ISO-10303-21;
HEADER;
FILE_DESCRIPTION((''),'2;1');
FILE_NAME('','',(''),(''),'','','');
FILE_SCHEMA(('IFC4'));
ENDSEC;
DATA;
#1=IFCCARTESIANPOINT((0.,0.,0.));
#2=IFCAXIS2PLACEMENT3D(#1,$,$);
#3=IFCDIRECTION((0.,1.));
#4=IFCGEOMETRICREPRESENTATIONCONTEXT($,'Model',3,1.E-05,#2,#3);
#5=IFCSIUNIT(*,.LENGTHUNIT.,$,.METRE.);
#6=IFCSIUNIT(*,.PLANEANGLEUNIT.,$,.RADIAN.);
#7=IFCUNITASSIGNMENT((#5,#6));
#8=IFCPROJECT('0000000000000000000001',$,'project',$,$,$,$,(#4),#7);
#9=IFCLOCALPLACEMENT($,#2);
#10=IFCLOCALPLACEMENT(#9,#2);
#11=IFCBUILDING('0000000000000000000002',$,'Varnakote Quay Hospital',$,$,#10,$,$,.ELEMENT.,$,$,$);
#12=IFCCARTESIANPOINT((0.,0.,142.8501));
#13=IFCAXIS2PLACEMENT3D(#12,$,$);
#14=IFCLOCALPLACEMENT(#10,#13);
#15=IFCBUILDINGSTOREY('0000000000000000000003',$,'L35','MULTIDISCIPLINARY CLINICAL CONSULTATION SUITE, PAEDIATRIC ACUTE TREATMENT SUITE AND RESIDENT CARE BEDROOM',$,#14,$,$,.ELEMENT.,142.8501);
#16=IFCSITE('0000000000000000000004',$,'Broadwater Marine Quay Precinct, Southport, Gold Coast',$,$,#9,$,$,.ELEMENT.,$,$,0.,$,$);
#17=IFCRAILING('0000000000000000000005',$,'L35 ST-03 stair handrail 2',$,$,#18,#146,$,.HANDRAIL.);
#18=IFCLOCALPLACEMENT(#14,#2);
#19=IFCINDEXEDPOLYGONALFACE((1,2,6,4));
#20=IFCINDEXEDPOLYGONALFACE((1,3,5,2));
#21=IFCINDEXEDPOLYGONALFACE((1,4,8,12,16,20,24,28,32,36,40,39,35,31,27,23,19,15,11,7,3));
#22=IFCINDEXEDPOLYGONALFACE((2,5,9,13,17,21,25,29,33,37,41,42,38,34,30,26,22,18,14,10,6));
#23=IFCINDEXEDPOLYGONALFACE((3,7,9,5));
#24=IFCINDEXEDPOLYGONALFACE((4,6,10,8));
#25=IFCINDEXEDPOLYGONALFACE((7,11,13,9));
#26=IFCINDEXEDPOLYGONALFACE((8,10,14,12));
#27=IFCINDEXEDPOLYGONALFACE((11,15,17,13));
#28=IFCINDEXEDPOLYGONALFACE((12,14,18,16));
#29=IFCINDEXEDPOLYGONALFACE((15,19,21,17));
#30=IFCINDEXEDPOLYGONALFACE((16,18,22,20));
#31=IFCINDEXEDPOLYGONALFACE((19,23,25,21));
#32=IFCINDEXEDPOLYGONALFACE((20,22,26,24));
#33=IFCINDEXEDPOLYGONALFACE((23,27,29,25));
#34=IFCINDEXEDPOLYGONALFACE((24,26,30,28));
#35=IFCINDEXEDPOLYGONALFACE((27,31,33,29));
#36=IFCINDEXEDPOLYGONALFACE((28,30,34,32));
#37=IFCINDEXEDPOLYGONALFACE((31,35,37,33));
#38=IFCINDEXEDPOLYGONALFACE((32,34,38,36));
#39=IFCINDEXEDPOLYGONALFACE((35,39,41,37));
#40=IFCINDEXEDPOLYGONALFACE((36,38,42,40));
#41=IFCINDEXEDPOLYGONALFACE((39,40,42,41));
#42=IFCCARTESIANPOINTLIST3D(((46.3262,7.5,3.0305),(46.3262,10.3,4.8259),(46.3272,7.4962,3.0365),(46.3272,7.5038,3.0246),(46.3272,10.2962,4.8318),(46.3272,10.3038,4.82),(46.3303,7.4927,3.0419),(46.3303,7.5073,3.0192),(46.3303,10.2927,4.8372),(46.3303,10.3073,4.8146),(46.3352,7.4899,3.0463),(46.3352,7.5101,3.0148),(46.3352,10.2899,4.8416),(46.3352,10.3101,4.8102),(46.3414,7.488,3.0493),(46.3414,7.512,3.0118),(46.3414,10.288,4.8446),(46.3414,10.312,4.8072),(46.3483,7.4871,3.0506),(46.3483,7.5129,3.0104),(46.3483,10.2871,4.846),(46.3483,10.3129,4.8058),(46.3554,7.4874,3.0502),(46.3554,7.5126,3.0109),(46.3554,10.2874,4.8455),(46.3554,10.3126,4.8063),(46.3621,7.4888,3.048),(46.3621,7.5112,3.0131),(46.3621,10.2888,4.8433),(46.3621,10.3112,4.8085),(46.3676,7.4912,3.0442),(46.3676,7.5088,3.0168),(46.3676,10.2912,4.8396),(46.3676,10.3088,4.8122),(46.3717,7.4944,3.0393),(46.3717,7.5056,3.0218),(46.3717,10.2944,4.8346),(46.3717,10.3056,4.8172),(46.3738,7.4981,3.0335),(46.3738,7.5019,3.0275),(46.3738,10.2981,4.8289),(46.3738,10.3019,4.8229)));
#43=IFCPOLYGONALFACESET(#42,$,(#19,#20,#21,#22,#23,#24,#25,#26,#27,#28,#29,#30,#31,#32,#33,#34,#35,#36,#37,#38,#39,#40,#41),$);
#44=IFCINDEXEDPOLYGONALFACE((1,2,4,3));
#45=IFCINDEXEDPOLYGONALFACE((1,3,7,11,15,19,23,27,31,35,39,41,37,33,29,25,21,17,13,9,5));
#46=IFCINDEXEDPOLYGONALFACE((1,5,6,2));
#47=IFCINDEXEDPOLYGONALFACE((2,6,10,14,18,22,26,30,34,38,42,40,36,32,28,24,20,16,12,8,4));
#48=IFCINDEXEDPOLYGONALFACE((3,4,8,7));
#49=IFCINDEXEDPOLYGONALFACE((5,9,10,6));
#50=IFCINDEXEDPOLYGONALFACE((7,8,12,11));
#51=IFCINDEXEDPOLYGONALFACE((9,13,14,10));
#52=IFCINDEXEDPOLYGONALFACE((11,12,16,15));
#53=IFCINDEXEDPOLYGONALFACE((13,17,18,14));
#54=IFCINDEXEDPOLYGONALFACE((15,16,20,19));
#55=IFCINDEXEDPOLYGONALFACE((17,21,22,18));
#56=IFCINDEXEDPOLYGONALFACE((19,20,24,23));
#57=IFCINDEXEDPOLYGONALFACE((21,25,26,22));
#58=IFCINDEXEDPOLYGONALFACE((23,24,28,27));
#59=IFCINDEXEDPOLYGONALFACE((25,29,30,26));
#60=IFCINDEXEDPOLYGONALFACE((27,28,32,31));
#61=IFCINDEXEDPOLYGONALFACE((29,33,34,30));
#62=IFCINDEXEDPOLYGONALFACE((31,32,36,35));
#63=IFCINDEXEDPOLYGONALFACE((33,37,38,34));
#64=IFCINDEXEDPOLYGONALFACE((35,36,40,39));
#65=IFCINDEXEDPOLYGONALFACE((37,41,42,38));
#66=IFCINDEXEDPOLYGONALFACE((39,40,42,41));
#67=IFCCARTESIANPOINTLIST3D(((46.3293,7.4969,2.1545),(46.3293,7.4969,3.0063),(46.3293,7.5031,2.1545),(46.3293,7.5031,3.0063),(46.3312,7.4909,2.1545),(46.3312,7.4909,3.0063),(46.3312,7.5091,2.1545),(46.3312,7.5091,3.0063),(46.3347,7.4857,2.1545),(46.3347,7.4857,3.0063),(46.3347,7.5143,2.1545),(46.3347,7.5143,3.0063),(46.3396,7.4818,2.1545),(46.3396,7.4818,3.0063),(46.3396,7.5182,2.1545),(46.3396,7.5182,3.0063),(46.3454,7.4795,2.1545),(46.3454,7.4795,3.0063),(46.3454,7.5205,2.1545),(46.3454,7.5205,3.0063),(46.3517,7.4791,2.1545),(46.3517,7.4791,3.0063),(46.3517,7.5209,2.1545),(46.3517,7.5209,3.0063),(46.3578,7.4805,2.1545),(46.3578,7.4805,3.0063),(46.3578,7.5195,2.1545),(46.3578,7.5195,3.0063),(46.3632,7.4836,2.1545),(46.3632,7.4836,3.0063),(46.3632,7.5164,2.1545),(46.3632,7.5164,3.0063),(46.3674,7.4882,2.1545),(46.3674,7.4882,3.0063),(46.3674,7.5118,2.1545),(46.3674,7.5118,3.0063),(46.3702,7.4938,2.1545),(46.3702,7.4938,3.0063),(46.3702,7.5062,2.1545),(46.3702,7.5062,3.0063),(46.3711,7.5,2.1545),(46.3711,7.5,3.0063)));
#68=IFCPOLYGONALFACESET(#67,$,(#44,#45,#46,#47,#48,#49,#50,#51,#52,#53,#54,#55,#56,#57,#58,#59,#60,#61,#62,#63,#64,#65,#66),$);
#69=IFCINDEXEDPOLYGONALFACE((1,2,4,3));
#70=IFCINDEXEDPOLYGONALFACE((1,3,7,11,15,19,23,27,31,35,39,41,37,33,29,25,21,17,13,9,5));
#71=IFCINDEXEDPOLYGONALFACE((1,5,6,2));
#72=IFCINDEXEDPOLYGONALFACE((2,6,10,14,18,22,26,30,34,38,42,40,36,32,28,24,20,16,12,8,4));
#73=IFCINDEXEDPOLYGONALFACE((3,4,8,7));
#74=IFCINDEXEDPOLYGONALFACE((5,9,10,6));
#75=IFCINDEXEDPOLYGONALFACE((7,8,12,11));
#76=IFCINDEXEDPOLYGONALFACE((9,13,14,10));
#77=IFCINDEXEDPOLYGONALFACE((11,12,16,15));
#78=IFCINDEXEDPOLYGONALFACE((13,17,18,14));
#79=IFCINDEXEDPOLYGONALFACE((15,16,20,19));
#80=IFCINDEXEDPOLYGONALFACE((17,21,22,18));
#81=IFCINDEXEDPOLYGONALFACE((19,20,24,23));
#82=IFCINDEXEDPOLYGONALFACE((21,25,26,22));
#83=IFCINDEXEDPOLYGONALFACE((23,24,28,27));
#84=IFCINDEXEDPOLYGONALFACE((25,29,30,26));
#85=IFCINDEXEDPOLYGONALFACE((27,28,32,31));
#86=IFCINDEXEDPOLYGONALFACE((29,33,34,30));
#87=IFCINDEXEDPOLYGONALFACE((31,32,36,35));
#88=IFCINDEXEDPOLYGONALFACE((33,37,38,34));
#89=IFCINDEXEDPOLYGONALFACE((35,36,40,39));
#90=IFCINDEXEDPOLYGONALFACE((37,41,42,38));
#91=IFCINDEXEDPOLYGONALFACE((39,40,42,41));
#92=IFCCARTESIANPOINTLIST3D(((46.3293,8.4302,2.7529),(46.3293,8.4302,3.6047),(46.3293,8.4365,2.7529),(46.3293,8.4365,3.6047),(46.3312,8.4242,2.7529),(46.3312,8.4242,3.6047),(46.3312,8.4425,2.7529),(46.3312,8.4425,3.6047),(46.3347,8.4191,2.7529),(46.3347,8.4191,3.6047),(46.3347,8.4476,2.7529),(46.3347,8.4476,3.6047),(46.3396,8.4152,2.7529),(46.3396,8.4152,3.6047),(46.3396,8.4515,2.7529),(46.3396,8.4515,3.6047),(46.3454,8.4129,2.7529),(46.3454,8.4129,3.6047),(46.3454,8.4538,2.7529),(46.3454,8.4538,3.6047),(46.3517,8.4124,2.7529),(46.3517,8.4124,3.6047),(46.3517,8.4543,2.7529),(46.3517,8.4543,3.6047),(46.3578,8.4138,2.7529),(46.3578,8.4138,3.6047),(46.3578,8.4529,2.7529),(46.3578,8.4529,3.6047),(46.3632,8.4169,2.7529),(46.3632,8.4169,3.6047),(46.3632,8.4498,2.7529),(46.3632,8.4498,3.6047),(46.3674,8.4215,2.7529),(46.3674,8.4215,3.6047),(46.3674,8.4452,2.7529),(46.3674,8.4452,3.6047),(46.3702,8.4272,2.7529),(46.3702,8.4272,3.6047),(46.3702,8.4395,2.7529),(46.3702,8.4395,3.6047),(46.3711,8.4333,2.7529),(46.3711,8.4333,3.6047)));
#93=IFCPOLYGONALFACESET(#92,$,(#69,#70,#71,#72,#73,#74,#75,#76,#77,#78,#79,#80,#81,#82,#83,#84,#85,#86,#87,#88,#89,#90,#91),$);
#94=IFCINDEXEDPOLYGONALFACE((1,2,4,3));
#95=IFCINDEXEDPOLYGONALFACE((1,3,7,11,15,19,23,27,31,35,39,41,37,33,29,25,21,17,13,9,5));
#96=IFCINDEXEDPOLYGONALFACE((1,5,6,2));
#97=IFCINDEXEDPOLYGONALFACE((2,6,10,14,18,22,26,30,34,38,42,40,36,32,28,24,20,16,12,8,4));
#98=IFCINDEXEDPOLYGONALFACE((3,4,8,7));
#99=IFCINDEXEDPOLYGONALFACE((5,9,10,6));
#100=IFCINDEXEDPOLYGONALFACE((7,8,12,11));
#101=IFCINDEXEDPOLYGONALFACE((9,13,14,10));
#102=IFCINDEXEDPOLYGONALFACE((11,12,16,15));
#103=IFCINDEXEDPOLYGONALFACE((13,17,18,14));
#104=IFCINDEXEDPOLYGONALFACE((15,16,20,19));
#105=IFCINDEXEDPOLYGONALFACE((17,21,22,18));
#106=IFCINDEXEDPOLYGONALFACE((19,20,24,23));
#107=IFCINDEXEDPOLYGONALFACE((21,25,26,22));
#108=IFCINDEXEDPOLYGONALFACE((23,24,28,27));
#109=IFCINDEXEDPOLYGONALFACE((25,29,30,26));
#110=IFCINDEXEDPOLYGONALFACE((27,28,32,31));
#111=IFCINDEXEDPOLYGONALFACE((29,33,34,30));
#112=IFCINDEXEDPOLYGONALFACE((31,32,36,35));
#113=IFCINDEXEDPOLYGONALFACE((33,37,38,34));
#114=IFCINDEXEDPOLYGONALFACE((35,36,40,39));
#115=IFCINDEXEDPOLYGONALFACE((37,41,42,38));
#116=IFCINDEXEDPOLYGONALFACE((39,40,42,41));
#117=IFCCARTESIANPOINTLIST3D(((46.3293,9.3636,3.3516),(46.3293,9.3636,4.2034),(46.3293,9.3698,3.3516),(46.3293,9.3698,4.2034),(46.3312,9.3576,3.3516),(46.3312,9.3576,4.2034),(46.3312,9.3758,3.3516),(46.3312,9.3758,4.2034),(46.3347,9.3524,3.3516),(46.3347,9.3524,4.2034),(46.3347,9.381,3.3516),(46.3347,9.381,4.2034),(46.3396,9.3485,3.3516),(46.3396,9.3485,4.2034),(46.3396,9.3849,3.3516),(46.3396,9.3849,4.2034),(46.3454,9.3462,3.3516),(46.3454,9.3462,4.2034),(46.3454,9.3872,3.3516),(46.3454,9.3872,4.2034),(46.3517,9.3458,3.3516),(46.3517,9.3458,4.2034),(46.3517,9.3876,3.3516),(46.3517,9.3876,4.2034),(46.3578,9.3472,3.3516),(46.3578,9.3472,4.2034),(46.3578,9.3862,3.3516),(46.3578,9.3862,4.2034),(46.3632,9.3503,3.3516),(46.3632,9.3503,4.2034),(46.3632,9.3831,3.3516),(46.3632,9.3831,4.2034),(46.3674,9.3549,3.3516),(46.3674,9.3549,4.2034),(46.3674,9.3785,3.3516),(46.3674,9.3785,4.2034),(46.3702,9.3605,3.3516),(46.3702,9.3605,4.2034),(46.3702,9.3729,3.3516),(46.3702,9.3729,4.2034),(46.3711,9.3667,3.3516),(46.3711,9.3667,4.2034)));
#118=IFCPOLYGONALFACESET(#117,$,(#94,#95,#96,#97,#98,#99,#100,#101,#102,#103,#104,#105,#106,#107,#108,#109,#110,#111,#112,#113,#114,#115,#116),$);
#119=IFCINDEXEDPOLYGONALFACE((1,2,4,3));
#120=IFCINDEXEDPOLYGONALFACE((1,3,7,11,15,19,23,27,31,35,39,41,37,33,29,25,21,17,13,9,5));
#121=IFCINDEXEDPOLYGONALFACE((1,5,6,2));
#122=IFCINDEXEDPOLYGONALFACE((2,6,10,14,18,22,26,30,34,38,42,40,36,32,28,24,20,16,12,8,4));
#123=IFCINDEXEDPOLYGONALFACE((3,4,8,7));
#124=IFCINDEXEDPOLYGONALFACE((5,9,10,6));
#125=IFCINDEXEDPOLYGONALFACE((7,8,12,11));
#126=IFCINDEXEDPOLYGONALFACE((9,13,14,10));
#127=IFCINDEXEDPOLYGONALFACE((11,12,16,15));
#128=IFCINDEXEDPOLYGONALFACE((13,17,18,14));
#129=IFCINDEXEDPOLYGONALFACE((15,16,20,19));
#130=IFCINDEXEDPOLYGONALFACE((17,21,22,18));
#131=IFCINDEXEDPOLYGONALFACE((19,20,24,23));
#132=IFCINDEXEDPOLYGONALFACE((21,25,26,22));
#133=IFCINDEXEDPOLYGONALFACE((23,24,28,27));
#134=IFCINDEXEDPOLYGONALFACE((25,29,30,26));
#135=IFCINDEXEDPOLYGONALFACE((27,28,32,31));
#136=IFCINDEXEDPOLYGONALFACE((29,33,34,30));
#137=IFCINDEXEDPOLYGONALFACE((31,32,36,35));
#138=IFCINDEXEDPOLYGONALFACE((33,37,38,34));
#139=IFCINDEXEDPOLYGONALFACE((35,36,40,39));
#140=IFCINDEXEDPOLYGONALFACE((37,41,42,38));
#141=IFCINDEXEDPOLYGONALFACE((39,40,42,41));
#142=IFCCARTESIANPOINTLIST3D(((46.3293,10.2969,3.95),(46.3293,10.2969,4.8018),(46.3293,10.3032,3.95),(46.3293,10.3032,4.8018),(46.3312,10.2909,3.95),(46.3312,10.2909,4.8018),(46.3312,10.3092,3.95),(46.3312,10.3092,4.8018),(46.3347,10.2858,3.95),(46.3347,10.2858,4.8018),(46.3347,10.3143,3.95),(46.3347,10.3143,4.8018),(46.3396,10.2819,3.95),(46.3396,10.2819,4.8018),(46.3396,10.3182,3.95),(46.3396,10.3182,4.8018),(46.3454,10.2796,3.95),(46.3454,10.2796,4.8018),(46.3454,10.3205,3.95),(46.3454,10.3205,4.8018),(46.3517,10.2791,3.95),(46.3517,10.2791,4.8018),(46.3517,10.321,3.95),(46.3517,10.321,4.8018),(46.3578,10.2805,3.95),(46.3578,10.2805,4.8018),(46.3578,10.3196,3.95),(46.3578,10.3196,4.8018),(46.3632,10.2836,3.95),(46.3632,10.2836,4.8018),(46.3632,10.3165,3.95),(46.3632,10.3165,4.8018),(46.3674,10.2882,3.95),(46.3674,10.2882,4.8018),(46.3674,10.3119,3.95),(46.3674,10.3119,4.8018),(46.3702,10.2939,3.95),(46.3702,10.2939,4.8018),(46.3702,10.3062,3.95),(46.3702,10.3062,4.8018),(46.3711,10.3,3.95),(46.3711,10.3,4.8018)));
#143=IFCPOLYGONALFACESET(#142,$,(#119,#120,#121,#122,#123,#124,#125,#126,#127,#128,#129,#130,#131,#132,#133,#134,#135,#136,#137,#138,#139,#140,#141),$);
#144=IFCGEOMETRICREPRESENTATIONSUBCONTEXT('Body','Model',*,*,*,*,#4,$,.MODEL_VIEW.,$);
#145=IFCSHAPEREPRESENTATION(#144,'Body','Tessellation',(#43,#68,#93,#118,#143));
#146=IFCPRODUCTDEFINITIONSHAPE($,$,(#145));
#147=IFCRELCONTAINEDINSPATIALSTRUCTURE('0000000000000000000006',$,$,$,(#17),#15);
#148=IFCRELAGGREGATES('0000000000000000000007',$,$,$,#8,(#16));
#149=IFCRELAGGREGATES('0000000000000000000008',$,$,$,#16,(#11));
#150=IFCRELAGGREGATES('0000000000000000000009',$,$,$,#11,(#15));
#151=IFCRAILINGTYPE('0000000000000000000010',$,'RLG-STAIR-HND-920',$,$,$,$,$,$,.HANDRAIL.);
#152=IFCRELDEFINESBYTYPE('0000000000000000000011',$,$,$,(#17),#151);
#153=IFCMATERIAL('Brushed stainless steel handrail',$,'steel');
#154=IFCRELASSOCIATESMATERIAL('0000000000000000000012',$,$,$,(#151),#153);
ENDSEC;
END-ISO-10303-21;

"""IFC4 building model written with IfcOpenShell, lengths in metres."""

from ifc_helpers import new_model, si_unit, direction, frame, origin, origin_2d, place, context, subcontext, project, spatial, circle, extrude, material, type_object, element, save


model = new_model("IFC4")

# Units and contexts
model_context = context("Model", 3, precision=1e-05, world=origin(), true_north=direction((0.0, 1.0)))
body_context = subcontext(model_context, "Body", "Model", "MODEL_VIEW")
ifc_project = project(units=[si_unit("LENGTHUNIT", "METRE"), si_unit("PLANEANGLEUNIT", "RADIAN")], contexts=[model_context])

# Site, building, storey
site_placement = place(None, origin())
site = spatial("IfcSite", under=ifc_project, at=site_placement, Name="Broadwater Marine Quay Precinct, Southport, Gold Coast", CompositionType="ELEMENT", RefElevation=0.0)
building_placement = place(site_placement, origin())
building = spatial("IfcBuilding", under=site, at=building_placement, Name="Varnakote Quay Hospital", CompositionType="ELEMENT")
storey_placement = place(building_placement, frame((0.0, 0.0, 142.8501)))
storey = spatial("IfcBuildingStorey", under=building, at=storey_placement, Name="L35", Description="MULTIDISCIPLINARY CLINICAL CONSULTATION SUITE, PAEDIATRIC ACUTE TREATMENT SUITE AND RESIDENT CARE BEDROOM", CompositionType="ELEMENT", Elevation=142.8501)

# Railing
ifc_material_1 = material(Name="Brushed stainless steel handrail", Category="steel")
railing_type_1 = type_object("IfcRailingType", Name="RLG-STAIR-HND-920", PredefinedType="HANDRAIL", material=ifc_material_1)
railing_1_placement = place(storey_placement, frame((46.3501, 7.5, 2.1545)))
element("IfcRailing", 1, at=railing_1_placement, inside=storey, type_object=railing_type_1, Name="L35 ST-03 stair handrail 2", PredefinedType="HANDRAIL", context=body_context, shape_type="SweptSolid", body=[
    extrude(circle(Radius=0.0239, at=origin_2d()), frame((0.0, 0.0, 0.876), z_axis=(0.0, 0.84181, 0.539774), x_axis=(-1.0, 0.0, 0.0)), (0.0, 0.0, 1.0), 3.3262),
    extrude(circle(Radius=0.021, at=origin_2d()), origin(), (0.0, 0.0, 1.0), 0.8518),
    extrude(circle(Radius=0.021, at=origin_2d()), frame((0.0, 0.9333, 0.5984)), (0.0, 0.0, 1.0), 0.8518),
    extrude(circle(Radius=0.021, at=origin_2d()), frame((0.0, 1.8667, 1.197)), (0.0, 0.0, 1.0), 0.8518),
    extrude(circle(Radius=0.021, at=origin_2d()), frame((0.0, 2.8, 1.7954)), (0.0, 0.0, 1.0), 0.8518),
])

save(model, "model.ifc")
